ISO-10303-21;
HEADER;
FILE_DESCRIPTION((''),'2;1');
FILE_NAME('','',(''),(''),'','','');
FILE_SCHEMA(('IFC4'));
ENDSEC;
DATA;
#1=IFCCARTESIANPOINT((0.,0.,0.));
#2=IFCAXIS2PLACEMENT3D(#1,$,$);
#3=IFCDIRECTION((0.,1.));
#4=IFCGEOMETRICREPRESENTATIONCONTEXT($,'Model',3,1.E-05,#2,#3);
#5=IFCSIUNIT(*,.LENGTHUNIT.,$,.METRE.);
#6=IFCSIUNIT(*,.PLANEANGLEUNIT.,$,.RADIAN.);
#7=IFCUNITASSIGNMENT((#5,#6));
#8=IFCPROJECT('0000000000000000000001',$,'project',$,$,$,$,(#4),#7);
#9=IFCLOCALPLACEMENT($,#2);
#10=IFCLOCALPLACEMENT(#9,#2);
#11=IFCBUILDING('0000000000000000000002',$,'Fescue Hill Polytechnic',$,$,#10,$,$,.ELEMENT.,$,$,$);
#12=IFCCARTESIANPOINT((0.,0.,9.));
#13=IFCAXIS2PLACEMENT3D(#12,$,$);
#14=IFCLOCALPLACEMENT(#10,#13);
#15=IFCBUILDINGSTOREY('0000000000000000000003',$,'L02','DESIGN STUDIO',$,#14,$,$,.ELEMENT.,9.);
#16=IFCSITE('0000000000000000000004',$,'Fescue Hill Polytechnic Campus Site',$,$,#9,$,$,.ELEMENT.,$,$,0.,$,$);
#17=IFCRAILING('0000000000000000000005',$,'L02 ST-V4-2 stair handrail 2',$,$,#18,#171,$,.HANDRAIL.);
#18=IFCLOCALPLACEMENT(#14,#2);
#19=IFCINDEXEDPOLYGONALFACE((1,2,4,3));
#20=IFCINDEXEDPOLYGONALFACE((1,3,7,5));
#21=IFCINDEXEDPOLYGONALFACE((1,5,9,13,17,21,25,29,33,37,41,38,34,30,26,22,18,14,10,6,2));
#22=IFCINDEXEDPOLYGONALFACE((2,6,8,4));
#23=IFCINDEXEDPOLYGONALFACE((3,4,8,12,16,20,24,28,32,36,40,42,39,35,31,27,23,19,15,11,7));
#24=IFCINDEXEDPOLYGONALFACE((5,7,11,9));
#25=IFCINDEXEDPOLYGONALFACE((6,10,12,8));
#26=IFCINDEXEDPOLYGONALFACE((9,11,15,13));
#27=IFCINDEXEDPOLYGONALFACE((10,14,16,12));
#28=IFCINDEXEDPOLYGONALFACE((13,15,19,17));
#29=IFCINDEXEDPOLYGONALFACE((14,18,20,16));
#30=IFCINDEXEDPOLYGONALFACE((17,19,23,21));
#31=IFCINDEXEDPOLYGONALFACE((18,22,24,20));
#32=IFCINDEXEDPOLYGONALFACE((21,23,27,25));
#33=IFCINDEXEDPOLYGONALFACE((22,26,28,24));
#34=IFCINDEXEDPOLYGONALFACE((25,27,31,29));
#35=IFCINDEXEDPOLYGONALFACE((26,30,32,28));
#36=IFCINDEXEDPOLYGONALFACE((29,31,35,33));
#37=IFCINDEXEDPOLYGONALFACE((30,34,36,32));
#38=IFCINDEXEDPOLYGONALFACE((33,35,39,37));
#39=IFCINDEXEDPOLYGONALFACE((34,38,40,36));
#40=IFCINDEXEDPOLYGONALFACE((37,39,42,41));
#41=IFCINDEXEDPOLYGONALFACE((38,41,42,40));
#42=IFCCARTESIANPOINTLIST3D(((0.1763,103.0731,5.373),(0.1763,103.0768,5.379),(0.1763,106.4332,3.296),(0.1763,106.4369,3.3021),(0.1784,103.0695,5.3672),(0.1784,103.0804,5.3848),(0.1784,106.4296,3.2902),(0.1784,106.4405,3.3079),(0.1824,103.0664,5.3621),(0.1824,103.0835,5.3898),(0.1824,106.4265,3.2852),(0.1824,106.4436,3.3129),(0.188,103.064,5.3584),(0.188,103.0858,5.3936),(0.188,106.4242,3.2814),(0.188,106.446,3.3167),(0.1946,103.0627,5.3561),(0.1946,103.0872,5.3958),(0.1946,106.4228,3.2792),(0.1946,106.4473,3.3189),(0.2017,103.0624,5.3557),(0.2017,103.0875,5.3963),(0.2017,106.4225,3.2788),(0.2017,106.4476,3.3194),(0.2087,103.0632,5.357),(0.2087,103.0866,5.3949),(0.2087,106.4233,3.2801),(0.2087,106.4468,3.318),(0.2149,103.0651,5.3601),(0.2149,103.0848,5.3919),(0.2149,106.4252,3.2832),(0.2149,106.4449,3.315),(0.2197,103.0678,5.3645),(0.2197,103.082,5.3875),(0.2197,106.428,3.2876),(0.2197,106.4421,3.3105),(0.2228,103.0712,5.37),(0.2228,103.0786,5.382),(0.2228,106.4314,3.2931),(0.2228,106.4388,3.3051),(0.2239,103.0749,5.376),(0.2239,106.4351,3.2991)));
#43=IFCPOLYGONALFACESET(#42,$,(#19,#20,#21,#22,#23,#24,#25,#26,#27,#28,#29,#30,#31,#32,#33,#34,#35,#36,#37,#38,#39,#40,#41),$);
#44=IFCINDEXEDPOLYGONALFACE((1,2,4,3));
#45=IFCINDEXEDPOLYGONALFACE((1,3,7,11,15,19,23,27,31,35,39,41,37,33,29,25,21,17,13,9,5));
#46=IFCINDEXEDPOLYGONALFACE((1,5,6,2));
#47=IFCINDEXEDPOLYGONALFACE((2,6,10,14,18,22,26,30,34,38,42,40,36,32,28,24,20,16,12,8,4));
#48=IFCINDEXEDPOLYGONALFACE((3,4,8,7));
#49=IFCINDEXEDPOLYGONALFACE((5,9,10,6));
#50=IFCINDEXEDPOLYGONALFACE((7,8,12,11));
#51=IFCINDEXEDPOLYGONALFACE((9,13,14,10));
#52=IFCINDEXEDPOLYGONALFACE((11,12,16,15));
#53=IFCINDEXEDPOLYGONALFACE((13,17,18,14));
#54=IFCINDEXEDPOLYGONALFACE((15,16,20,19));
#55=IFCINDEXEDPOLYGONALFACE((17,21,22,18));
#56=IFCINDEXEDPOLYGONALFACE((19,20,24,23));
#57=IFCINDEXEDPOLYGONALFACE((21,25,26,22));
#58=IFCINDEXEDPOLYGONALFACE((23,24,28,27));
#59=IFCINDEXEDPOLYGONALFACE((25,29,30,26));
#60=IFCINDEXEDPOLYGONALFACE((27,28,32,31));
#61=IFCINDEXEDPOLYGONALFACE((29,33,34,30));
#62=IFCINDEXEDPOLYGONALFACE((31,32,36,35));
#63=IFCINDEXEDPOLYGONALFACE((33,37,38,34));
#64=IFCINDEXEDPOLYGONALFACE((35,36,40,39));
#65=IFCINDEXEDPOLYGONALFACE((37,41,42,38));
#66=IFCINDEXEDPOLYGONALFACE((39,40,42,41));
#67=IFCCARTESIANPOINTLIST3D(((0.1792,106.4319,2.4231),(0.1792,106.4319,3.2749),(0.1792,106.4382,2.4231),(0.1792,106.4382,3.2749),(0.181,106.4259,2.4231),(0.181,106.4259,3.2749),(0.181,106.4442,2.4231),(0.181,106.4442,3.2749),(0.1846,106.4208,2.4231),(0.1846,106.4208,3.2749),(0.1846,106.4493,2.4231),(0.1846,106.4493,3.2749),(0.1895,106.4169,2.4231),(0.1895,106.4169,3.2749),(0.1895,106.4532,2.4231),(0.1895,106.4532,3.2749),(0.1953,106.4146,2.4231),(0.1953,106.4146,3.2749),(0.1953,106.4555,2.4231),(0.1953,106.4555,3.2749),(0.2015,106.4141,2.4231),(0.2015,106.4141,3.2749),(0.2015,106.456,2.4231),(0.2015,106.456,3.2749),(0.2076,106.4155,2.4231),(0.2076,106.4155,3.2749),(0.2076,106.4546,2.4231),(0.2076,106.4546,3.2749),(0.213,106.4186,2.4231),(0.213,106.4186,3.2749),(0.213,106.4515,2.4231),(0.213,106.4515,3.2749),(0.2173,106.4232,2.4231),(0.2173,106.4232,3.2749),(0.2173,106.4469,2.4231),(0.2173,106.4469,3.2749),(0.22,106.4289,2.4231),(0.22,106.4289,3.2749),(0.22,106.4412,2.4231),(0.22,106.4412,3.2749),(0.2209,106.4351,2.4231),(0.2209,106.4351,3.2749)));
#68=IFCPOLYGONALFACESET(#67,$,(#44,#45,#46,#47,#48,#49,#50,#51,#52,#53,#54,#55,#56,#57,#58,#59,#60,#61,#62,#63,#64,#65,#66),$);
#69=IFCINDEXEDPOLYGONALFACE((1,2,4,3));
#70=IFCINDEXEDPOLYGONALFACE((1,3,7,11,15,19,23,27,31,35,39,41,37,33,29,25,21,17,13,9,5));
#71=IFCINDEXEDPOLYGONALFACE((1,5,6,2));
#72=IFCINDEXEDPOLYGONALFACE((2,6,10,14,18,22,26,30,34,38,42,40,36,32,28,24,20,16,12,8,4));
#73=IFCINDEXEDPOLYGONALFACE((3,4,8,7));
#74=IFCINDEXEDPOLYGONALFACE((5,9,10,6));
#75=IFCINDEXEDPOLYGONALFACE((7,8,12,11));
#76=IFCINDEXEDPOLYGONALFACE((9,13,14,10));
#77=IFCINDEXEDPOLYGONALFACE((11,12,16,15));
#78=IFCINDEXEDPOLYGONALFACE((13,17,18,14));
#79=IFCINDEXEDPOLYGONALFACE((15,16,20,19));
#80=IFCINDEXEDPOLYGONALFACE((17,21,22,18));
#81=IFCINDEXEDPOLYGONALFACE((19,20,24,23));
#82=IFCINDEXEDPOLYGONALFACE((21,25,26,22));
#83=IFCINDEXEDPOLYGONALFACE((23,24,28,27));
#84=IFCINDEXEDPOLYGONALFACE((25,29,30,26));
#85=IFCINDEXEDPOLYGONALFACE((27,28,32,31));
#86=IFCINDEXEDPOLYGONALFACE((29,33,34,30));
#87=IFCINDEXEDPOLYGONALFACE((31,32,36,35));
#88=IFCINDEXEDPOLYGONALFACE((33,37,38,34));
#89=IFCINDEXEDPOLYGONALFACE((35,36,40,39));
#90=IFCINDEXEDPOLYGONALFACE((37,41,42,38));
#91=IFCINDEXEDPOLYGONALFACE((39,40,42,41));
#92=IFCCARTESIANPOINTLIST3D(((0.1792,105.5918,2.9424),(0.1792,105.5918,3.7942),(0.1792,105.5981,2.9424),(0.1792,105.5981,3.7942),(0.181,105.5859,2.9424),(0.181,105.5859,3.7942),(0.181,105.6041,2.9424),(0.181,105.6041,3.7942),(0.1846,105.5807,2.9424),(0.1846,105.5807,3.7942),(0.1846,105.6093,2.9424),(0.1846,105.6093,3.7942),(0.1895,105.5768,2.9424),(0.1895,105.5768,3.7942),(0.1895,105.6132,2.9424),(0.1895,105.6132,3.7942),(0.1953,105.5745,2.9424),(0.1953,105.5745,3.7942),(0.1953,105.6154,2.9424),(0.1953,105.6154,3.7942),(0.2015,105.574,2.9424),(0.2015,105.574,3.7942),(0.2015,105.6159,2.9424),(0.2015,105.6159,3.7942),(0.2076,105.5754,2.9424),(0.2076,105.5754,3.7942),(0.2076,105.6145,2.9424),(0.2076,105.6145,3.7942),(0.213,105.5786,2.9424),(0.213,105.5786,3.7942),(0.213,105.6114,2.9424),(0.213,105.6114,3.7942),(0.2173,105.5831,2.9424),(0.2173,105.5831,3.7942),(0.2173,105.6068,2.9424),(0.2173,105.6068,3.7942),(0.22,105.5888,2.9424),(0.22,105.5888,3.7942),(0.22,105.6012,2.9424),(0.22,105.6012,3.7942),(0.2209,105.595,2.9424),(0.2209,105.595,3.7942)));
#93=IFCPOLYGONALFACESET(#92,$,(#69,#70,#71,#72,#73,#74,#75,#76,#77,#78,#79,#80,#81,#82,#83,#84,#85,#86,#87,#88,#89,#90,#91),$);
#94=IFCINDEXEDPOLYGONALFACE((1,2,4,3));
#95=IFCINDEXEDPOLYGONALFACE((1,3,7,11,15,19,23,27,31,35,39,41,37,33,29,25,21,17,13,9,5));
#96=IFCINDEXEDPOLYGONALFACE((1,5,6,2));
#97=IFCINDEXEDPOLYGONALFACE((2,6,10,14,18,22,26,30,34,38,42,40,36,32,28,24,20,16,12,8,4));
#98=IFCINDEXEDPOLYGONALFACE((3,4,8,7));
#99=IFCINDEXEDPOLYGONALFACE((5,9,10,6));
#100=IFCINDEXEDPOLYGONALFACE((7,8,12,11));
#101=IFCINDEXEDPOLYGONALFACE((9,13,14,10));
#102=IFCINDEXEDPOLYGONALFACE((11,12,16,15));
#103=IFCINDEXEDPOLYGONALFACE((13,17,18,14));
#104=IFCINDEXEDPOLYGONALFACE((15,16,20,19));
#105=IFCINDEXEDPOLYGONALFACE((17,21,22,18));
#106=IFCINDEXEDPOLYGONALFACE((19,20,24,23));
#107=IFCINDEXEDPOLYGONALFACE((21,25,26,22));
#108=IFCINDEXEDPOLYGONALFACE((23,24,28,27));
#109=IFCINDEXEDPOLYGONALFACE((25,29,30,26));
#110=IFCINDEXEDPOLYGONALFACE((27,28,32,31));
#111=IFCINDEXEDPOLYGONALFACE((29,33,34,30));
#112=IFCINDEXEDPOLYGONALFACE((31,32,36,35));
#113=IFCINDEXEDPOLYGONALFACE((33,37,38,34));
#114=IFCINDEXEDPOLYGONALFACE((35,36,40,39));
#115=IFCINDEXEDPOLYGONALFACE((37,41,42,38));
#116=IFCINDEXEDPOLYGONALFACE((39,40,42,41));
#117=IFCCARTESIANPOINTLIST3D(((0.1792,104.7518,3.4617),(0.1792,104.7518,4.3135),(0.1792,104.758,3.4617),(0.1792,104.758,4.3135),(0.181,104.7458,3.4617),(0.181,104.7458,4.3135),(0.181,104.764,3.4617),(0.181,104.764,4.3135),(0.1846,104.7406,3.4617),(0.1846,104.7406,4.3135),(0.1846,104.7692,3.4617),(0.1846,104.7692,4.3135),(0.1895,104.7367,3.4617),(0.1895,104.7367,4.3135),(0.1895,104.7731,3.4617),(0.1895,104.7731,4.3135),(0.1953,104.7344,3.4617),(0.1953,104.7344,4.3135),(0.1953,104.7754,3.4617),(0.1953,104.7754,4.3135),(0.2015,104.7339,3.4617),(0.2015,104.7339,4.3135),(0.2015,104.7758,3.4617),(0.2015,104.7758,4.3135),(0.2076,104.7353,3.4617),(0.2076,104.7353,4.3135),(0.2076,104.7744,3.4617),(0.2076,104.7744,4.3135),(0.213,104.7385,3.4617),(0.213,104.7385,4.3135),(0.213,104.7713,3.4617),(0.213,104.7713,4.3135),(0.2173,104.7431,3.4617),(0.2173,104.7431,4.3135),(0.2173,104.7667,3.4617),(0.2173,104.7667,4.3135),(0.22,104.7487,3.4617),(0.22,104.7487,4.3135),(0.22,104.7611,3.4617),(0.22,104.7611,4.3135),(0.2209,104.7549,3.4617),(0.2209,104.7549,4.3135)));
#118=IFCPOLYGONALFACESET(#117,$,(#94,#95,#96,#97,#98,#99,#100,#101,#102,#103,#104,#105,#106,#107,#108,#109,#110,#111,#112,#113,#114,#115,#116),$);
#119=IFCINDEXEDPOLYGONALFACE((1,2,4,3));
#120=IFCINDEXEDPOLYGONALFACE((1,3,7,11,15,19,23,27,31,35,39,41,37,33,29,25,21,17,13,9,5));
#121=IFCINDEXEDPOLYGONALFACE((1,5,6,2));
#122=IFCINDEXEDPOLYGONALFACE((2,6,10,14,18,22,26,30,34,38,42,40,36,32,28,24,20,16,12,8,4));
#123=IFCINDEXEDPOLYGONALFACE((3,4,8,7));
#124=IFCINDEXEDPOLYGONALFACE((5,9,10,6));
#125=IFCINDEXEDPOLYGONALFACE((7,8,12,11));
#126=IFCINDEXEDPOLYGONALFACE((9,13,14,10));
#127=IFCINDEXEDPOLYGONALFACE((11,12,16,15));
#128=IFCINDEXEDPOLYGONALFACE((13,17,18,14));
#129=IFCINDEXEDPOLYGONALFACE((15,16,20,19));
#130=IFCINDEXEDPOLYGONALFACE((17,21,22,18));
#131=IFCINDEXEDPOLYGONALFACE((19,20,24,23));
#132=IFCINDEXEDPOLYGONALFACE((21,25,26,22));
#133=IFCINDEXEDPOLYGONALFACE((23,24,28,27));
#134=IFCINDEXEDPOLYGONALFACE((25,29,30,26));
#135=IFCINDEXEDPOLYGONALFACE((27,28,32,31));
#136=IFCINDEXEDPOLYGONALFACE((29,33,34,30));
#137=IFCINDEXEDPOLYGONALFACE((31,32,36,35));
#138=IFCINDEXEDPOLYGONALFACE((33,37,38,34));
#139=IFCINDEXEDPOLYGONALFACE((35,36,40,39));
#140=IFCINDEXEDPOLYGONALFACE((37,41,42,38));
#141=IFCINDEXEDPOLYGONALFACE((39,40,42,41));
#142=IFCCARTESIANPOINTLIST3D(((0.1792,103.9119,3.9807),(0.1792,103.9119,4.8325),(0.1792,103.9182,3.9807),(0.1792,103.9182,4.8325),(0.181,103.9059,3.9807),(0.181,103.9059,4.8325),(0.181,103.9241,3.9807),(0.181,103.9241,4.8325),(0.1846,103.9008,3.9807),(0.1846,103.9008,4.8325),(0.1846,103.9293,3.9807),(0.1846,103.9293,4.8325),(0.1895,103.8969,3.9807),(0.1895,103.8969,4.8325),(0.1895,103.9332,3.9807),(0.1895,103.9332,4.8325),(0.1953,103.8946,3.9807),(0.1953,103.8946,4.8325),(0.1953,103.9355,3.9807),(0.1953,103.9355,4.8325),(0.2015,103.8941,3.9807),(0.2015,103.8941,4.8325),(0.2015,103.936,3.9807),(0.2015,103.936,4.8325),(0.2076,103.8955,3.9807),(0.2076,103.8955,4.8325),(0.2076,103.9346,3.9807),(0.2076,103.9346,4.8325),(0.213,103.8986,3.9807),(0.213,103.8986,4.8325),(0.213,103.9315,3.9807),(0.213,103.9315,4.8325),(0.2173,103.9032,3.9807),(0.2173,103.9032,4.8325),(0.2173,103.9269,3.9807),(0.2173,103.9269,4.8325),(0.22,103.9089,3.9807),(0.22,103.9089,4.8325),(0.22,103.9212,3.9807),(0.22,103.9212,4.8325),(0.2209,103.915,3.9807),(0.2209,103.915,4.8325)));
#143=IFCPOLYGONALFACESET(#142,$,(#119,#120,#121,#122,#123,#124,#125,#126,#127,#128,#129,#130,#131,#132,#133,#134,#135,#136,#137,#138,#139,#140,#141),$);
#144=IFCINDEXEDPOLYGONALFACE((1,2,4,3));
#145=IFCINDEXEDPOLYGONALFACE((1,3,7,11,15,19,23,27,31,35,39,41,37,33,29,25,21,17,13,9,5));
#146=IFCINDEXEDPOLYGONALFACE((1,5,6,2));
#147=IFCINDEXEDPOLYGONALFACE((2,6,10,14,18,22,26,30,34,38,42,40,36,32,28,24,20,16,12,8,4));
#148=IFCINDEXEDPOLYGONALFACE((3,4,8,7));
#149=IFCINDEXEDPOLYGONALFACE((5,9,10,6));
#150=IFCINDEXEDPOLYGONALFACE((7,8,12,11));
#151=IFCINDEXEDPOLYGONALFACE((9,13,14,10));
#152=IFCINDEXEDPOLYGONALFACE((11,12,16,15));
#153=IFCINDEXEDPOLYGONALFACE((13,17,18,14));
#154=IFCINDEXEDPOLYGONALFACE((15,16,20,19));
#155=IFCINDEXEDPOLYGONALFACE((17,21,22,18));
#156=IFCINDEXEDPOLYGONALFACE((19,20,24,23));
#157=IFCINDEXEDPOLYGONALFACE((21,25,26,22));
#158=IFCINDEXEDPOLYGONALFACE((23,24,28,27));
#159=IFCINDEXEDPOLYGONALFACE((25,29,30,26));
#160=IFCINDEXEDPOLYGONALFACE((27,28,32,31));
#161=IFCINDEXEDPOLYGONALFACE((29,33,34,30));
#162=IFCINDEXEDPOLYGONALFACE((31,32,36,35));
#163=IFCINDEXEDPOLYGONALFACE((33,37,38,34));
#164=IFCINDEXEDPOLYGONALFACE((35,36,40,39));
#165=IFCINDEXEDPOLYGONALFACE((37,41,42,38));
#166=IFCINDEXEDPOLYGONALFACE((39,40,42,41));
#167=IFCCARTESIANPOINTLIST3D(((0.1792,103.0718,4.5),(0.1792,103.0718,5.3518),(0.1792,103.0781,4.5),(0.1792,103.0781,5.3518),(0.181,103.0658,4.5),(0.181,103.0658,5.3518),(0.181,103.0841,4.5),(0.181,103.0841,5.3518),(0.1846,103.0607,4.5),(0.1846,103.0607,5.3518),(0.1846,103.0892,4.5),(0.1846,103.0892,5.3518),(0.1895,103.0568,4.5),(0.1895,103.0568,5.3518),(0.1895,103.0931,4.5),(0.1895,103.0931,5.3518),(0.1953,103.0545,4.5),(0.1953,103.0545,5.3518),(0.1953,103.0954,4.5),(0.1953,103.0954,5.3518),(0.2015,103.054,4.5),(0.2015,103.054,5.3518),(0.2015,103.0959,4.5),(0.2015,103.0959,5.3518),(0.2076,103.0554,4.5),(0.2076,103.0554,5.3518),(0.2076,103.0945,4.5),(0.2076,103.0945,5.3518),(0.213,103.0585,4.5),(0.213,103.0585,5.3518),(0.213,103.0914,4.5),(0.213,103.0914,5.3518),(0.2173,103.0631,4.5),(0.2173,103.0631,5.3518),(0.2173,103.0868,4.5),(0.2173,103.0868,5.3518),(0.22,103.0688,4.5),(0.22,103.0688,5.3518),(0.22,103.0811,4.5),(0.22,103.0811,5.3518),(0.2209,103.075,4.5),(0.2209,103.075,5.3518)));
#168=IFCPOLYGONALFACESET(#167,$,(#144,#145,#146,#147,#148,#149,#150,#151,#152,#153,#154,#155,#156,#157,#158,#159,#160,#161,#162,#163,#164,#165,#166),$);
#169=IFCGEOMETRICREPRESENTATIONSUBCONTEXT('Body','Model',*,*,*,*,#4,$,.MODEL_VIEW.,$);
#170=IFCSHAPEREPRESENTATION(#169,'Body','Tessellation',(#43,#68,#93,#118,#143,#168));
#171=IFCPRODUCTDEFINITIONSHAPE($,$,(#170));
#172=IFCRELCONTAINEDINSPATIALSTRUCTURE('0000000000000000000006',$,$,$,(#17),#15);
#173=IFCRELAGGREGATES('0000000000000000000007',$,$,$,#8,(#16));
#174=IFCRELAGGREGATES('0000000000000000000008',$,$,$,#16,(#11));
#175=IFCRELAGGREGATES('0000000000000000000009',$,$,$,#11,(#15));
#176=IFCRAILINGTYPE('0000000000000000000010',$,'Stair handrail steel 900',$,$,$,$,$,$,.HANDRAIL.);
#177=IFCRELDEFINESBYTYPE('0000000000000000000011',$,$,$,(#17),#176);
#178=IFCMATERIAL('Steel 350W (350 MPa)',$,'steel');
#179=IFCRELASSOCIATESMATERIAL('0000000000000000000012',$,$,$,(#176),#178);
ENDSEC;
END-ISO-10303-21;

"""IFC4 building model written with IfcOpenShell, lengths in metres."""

from ifc_helpers import new_model, si_unit, direction, frame, origin, origin_2d, place, context, subcontext, project, spatial, circle, extrude, material, type_object, element, save


model = new_model("IFC4")

# Units and contexts
model_context = context("Model", 3, precision=1e-05, world=origin(), true_north=direction((0.0, 1.0)))
body_context = subcontext(model_context, "Body", "Model", "MODEL_VIEW")
ifc_project = project(units=[si_unit("LENGTHUNIT", "METRE"), si_unit("PLANEANGLEUNIT", "RADIAN")], contexts=[model_context])

# Site, building, storey
site_placement = place(None, origin())
site = spatial("IfcSite", under=ifc_project, at=site_placement, Name="Fescue Hill Polytechnic Campus Site", CompositionType="ELEMENT", RefElevation=0.0)
building_placement = place(site_placement, origin())
building = spatial("IfcBuilding", under=site, at=building_placement, Name="Fescue Hill Polytechnic", CompositionType="ELEMENT")
storey_placement = place(building_placement, frame((0.0, 0.0, 9.0)))
storey = spatial("IfcBuildingStorey", under=building, at=storey_placement, Name="L02", Description="DESIGN STUDIO", CompositionType="ELEMENT", Elevation=9.0)

# Railing
ifc_material_1 = material(Name="Steel 350W (350 MPa)", Category="steel")
railing_type = type_object("IfcRailingType", Name="Stair handrail steel 900", PredefinedType="HANDRAIL", material=ifc_material_1)
for number, where, name in (
    (1, (0.2, 106.4351, 2.4231), "L02 ST-V4-2 stair handrail 2"),
):
    element("IfcRailing", number, at=place(storey_placement, frame(where)), inside=storey, type_object=railing_type, Name=name, PredefinedType="HANDRAIL", context=body_context, shape_type="SweptSolid", body=[
        extrude(circle(Radius=0.0239, at=origin_2d()), frame((0.0, 0.0, 0.876), z_axis=(0.0, -0.850623, 0.525776), x_axis=(1.0, 0.0, 0.0)), (0.0, 0.0, 1.0), 3.9502),
        extrude(circle(Radius=0.021, at=origin_2d()), origin(), (0.0, 0.0, 1.0), 0.8518),
        extrude(circle(Radius=0.021, at=origin_2d()), frame((0.0, -0.8401, 0.5193)), (0.0, 0.0, 1.0), 0.8518),
        extrude(circle(Radius=0.021, at=origin_2d()), frame((0.0, -1.6802, 1.0386)), (0.0, 0.0, 1.0), 0.8518),
        extrude(circle(Radius=0.021, at=origin_2d()), frame((0.0, -2.52, 1.5576)), (0.0, 0.0, 1.0), 0.8518),
        extrude(circle(Radius=0.021, at=origin_2d()), frame((0.0, -3.3601, 2.0769)), (0.0, 0.0, 1.0), 0.8518),
    ])

save(model, "model.ifc")
